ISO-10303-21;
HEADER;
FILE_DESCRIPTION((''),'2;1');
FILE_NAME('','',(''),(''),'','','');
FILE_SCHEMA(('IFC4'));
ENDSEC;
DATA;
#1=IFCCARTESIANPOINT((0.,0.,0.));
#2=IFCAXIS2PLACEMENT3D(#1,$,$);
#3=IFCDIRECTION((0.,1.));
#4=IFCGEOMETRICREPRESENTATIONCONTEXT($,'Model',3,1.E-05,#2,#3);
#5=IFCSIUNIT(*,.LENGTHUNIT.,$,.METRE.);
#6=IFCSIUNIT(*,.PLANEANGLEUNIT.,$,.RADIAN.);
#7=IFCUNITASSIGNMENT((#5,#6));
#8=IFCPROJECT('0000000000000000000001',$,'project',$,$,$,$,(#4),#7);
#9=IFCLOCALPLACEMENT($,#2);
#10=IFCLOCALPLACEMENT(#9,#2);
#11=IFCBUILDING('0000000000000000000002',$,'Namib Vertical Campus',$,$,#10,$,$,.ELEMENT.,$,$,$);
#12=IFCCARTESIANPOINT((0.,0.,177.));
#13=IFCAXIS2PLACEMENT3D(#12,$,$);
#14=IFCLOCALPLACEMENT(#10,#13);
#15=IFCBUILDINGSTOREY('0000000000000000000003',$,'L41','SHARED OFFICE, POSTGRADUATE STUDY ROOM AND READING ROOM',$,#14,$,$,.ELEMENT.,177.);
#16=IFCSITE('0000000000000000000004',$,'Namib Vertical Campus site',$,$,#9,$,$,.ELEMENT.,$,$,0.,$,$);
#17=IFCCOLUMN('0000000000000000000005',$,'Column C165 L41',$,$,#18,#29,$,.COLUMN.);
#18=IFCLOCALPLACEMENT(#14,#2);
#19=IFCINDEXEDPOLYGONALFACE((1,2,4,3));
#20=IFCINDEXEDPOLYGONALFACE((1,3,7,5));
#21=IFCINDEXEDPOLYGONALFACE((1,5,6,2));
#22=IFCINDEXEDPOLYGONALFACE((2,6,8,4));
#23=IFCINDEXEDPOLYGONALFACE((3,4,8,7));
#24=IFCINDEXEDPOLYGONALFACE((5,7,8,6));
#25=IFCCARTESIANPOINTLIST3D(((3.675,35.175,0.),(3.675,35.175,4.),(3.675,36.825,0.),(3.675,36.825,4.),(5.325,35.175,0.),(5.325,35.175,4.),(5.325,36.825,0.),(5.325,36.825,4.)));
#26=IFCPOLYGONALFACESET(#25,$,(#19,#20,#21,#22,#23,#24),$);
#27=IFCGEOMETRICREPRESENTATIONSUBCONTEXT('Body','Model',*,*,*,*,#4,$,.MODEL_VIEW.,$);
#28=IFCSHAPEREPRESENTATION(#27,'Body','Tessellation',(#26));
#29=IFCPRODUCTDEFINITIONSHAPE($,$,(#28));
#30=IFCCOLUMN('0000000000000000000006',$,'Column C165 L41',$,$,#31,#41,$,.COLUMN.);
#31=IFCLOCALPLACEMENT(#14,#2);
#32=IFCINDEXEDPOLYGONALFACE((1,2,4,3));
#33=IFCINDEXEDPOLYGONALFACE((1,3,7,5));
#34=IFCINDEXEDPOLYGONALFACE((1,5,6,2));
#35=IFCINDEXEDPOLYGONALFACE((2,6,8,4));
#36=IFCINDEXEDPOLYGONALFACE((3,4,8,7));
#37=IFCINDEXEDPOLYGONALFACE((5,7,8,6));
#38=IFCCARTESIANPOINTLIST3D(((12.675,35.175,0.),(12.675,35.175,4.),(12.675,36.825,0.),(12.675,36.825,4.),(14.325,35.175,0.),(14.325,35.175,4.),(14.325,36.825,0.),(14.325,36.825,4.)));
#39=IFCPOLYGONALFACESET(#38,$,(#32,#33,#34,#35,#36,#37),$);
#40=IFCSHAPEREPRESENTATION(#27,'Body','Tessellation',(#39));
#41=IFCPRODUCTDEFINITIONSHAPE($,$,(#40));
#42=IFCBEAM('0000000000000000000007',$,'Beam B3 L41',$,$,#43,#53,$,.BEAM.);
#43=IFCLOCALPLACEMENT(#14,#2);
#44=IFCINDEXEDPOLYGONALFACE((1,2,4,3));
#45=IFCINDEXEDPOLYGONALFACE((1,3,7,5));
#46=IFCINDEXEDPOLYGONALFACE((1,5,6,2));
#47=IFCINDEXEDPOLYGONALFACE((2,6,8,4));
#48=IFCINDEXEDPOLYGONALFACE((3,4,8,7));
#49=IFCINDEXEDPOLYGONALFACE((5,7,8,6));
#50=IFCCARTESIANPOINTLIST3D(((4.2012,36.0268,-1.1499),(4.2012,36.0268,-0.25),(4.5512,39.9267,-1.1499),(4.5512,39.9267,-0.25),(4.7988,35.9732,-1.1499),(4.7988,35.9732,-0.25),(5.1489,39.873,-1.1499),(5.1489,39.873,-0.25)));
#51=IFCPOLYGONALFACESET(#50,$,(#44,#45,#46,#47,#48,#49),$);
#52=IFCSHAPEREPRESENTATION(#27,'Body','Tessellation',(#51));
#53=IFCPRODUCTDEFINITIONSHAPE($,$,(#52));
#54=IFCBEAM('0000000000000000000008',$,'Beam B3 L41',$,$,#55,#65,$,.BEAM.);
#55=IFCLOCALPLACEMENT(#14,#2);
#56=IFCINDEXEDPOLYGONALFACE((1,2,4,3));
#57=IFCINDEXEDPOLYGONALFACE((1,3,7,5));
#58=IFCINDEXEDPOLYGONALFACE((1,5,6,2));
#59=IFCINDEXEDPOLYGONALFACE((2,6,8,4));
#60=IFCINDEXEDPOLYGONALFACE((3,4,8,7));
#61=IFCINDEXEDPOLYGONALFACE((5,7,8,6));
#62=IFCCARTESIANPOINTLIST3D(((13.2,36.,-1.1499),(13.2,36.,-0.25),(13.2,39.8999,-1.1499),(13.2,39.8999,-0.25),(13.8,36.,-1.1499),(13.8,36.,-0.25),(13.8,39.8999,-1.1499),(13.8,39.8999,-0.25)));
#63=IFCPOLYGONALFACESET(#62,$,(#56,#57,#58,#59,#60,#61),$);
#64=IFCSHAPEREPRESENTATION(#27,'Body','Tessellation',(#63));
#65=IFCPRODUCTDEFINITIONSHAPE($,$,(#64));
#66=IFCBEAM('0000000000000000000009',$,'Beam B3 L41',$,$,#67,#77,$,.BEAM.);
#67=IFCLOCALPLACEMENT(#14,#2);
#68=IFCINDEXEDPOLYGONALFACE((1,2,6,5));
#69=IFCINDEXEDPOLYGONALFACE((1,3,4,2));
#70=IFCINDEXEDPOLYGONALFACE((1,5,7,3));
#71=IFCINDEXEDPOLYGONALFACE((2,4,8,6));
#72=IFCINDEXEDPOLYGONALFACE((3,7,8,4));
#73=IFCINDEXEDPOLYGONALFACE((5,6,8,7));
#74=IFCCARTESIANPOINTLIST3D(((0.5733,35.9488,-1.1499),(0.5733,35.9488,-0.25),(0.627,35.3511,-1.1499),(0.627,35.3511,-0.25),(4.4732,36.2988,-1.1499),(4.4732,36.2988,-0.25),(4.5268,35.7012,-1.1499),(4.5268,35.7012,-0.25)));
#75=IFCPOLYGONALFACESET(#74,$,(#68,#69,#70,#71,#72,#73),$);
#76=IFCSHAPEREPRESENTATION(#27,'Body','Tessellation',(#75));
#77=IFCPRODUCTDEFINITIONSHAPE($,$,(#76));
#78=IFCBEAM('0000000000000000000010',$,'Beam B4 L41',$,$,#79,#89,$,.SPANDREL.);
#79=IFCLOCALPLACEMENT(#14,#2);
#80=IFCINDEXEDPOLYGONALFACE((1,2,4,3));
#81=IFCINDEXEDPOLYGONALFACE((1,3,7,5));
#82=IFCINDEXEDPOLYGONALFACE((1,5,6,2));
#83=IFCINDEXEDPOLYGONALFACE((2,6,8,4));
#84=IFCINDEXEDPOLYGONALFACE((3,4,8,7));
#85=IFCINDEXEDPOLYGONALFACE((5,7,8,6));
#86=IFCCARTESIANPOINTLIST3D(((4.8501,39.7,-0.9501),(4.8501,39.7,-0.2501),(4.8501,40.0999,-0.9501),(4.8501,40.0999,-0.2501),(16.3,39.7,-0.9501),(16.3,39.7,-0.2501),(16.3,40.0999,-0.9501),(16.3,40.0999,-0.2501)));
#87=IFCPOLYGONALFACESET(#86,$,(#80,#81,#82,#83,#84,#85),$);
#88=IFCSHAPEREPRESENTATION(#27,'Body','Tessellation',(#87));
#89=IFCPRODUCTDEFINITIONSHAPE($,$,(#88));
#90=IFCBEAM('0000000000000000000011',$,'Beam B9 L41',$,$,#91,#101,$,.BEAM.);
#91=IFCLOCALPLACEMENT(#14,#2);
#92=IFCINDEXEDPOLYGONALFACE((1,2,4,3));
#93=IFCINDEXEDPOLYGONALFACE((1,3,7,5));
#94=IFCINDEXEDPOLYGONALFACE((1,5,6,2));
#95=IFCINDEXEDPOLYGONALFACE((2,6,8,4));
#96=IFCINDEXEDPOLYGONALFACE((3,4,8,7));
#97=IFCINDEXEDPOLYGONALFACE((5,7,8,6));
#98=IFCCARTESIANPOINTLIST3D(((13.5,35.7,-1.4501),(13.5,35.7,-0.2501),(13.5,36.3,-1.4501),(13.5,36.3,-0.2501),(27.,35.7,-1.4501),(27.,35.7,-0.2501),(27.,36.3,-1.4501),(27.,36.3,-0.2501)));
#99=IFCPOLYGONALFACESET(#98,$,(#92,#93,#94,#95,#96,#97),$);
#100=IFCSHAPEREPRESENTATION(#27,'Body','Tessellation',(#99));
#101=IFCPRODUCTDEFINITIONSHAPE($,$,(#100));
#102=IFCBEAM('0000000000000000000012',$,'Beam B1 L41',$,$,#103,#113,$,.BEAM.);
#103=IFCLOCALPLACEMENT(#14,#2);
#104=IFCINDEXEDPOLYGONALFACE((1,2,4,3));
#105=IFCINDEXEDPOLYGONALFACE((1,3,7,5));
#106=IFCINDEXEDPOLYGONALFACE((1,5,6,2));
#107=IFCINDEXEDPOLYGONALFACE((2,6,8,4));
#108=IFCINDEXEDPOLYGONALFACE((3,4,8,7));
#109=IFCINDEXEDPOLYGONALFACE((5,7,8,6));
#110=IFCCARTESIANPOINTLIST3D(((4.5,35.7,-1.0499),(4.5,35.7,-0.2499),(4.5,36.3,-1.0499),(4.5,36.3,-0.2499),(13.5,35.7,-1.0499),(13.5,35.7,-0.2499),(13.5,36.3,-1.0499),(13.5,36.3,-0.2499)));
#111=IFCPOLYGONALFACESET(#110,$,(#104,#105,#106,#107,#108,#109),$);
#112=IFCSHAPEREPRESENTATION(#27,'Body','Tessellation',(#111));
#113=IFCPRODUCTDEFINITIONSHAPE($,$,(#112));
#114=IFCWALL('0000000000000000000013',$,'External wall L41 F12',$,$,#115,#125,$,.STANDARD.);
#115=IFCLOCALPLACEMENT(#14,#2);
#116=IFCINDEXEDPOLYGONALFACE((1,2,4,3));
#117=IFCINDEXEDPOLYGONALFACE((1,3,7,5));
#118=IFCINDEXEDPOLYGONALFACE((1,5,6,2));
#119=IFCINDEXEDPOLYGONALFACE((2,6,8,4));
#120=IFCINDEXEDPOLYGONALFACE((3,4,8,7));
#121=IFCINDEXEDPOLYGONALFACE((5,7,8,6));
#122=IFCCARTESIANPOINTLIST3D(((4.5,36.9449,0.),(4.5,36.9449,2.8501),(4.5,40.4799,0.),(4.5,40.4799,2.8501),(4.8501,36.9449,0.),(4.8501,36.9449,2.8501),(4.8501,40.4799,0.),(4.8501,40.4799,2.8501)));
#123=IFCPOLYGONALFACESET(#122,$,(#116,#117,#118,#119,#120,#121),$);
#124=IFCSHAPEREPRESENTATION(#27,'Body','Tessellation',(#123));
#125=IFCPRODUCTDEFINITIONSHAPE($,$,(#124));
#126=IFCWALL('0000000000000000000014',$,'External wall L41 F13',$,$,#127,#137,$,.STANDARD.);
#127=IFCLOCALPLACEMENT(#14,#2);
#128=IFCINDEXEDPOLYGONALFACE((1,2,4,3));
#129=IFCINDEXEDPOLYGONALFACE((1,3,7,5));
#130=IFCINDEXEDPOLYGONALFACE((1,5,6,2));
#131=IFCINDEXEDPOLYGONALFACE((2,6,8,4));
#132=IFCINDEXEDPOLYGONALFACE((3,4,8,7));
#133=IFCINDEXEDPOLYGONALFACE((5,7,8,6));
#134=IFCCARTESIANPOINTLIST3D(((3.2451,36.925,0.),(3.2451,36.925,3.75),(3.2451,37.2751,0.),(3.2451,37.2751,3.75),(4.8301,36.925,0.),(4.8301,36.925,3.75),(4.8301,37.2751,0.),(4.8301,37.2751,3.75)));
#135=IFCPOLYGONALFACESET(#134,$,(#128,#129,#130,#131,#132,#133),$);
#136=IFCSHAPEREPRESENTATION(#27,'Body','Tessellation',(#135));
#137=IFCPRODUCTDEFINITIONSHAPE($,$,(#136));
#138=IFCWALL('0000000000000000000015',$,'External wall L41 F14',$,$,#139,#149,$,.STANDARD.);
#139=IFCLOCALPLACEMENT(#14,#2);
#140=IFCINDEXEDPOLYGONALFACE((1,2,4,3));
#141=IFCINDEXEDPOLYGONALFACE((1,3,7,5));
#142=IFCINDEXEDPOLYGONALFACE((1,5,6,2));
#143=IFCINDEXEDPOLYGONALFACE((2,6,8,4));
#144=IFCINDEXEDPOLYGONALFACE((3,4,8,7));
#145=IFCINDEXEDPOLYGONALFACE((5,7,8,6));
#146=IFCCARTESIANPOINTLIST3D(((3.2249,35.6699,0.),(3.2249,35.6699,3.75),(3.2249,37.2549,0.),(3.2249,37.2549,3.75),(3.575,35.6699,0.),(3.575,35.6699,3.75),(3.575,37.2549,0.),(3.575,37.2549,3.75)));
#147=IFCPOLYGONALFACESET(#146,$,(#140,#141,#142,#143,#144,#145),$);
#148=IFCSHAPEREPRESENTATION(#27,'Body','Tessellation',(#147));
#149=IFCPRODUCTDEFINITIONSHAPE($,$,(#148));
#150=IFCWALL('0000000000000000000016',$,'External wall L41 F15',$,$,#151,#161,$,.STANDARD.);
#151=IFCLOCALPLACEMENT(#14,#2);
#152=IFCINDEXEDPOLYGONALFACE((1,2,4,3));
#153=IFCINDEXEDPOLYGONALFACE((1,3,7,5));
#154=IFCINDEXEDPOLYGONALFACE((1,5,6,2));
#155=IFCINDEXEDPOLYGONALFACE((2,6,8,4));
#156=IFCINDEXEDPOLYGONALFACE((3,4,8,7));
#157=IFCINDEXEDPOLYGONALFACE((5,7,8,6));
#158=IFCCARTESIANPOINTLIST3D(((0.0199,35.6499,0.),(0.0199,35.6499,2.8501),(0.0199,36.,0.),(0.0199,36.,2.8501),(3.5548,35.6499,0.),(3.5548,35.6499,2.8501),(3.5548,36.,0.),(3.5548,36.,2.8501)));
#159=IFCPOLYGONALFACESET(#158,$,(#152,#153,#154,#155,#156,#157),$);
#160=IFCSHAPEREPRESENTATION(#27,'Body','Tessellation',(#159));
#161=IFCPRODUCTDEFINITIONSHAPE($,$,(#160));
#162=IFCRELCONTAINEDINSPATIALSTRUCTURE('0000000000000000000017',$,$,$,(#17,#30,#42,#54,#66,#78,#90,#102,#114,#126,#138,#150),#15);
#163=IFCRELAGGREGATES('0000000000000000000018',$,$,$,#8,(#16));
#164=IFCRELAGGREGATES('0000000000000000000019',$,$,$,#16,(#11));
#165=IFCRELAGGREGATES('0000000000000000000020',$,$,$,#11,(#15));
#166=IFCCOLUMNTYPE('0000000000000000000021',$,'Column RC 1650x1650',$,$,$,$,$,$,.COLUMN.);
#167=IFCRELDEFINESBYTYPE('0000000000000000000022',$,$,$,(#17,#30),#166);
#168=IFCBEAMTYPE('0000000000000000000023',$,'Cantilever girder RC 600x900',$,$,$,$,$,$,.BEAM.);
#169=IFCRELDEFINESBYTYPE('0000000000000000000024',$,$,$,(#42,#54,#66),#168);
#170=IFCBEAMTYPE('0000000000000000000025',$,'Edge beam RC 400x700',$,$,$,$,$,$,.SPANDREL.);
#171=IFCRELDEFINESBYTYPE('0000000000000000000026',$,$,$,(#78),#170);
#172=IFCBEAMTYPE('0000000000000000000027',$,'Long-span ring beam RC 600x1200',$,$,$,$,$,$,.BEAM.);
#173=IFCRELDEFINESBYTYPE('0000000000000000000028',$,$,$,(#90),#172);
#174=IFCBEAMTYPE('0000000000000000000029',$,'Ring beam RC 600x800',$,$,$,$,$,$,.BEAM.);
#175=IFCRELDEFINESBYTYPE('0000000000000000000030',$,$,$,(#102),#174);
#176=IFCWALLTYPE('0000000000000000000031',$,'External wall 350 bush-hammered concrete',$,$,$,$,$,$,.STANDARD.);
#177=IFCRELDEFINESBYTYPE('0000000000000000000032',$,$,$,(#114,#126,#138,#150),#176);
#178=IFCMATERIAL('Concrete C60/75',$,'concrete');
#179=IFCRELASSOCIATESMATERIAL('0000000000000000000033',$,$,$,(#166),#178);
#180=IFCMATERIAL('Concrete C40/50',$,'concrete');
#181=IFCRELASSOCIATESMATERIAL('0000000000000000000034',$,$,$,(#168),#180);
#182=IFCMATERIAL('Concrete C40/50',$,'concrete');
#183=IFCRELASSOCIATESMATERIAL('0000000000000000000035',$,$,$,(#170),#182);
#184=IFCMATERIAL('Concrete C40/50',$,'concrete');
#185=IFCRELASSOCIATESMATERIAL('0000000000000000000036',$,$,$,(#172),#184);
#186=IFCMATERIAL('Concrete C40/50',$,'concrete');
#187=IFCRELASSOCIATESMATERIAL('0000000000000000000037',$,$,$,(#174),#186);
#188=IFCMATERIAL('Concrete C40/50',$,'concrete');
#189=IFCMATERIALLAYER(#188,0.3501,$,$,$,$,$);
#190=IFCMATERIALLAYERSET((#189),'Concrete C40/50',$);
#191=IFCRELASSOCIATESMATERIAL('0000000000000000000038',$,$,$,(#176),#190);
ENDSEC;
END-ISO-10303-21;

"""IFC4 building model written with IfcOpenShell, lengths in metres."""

from ifc_helpers import new_model, si_unit, direction, frame, frame_2d, origin, origin_2d, place, context, subcontext, project, spatial, rectangle, extrude, material, layer, layer_set, material_profile, profile_set, type_object, element, save


model = new_model("IFC4")

# Units and contexts
model_context = context("Model", 3, precision=1e-05, world=origin(), true_north=direction((0.0, 1.0)))
body_context = subcontext(model_context, "Body", "Model", "MODEL_VIEW")
ifc_project = project(units=[si_unit("LENGTHUNIT", "METRE"), si_unit("PLANEANGLEUNIT", "RADIAN")], contexts=[model_context])

# Site, building, storey
site_placement = place(None, origin())
site = spatial("IfcSite", under=ifc_project, at=site_placement, Name="Namib Vertical Campus site", CompositionType="ELEMENT", RefElevation=0.0)
building_placement = place(site_placement, origin())
building = spatial("IfcBuilding", under=site, at=building_placement, Name="Namib Vertical Campus", CompositionType="ELEMENT")
storey_placement = place(building_placement, frame((0.0, 0.0, 177.0)))
storey = spatial("IfcBuildingStorey", under=building, at=storey_placement, Name="L41", Description="SHARED OFFICE, POSTGRADUATE STUDY ROOM AND READING ROOM", CompositionType="ELEMENT", Elevation=177.0)

# Columns
ifc_material_1 = material(Name="Concrete C60/75", Category="concrete")
ifc_material_profile_1 = material_profile(ifc_material_1, rectangle(XDim=1.6499, YDim=1.6499, at=origin_2d()))
ifc_profile_set_1 = profile_set([ifc_material_profile_1], Name="Concrete C60/75")
column_type = type_object("IfcColumnType", Name="Column RC 1650x1650", PredefinedType="COLUMN", material=ifc_profile_set_1)
for number, where, z_axis, x_axis, name in (
    (1, (4.5, 36.0, 0.0), (0.0, 0.0, 1.0), (1.0, 0.0, 0.0), "Column C165 L41"),
    (2, (13.5, 36.0, 0.0), (0.0, 0.0, 1.0), (1.0, 0.0, 0.0), "Column C165 L41"),
):
    element("IfcColumn", number, at=place(storey_placement, frame(where, z_axis=z_axis, x_axis=x_axis)), inside=storey, type_object=column_type, Name=name, PredefinedType="COLUMN", context=body_context, shape_type="SweptSolid", body=[
        extrude(rectangle(XDim=1.6499, YDim=1.6499, at=origin_2d()), origin(), (0.0, 0.0, 1.0), 4.0),
    ])

# Beams
ifc_material_2 = material(Name="Concrete C40/50", Category="concrete")
ifc_material_profile_2 = material_profile(ifc_material_2, rectangle(XDim=0.6001, YDim=0.8999, at=origin_2d()))
ifc_profile_set_2 = profile_set([ifc_material_profile_2], Name="Concrete C40/50")
beam_type_1 = type_object("IfcBeamType", Name="Cantilever girder RC 600x900", PredefinedType="BEAM", material=ifc_profile_set_2)
beam_1_placement = place(storey_placement, frame((4.5, 36.0, -0.7), z_axis=(0.089411, 0.995995, 0.0), x_axis=(-0.995995, 0.089411, 0.0)))
element("IfcBeam", 3, at=beam_1_placement, inside=storey, type_object=beam_type_1, Name="Beam B3 L41", PredefinedType="BEAM", context=body_context, shape_type="SweptSolid", body=[
    extrude(rectangle(XDim=0.6001, YDim=0.8999, at=origin_2d()), origin(), (0.0, 0.0, 1.0), 3.9155),
])
beam_2_placement = place(storey_placement, frame((13.5, 36.0, -0.7), z_axis=(0.0, 1.0, 0.0), x_axis=(-1.0, 0.0, 0.0)))
element("IfcBeam", 4, at=beam_2_placement, inside=storey, type_object=beam_type_1, Name="Beam B3 L41", PredefinedType="BEAM", context=body_context, shape_type="SweptSolid", body=[
    extrude(rectangle(XDim=0.6001, YDim=0.8999, at=origin_2d()), origin(), (0.0, 0.0, 1.0), 3.8999),
])
beam_3_placement = place(storey_placement, frame((4.5, 36.0, -0.7), z_axis=(-0.995995, -0.089411, 0.0), x_axis=(0.089411, -0.995995, 0.0)))
element("IfcBeam", 5, at=beam_3_placement, inside=storey, type_object=beam_type_1, Name="Beam B3 L41", PredefinedType="BEAM", context=body_context, shape_type="SweptSolid", body=[
    extrude(rectangle(XDim=0.6001, YDim=0.8999, at=origin_2d()), origin(), (0.0, 0.0, 1.0), 3.9155),
])
ifc_material_3 = material(Name="Concrete C40/50", Category="concrete")
ifc_material_profile_3 = material_profile(ifc_material_3, rectangle(XDim=0.3999, YDim=0.7, at=origin_2d()))
ifc_profile_set_3 = profile_set([ifc_material_profile_3], Name="Concrete C40/50")
beam_type_2 = type_object("IfcBeamType", Name="Edge beam RC 400x700", PredefinedType="SPANDREL", material=ifc_profile_set_3)
beam_4_placement = place(storey_placement, frame((4.8501, 39.8999, -0.6001), z_axis=(1.0, 0.0, 0.0), x_axis=(0.0, 1.0, 0.0)))
element("IfcBeam", 6, at=beam_4_placement, inside=storey, type_object=beam_type_2, Name="Beam B4 L41", PredefinedType="SPANDREL", context=body_context, shape_type="SweptSolid", body=[
    extrude(rectangle(XDim=0.3999, YDim=0.7, at=origin_2d()), origin(), (0.0, 0.0, 1.0), 11.45),
])
ifc_material_4 = material(Name="Concrete C40/50", Category="concrete")
ifc_material_profile_4 = material_profile(ifc_material_4, rectangle(XDim=0.6001, YDim=1.2, at=origin_2d()))
ifc_profile_set_4 = profile_set([ifc_material_profile_4], Name="Concrete C40/50")
beam_type_3 = type_object("IfcBeamType", Name="Long-span ring beam RC 600x1200", PredefinedType="BEAM", material=ifc_profile_set_4)
beam_5_placement = place(storey_placement, frame((13.5, 36.0, -0.8501), z_axis=(1.0, 0.0, 0.0), x_axis=(0.0, 1.0, 0.0)))
element("IfcBeam", 7, at=beam_5_placement, inside=storey, type_object=beam_type_3, Name="Beam B9 L41", PredefinedType="BEAM", context=body_context, shape_type="SweptSolid", body=[
    extrude(rectangle(XDim=0.6001, YDim=1.2, at=origin_2d()), origin(), (0.0, 0.0, 1.0), 13.5),
])
ifc_material_5 = material(Name="Concrete C40/50", Category="concrete")
ifc_material_profile_5 = material_profile(ifc_material_5, rectangle(XDim=0.6001, YDim=0.8, at=origin_2d()))
ifc_profile_set_5 = profile_set([ifc_material_profile_5], Name="Concrete C40/50")
beam_type_4 = type_object("IfcBeamType", Name="Ring beam RC 600x800", PredefinedType="BEAM", material=ifc_profile_set_5)
beam_6_placement = place(storey_placement, frame((4.5, 36.0, -0.6499), z_axis=(1.0, 0.0, 0.0), x_axis=(0.0, 1.0, 0.0)))
element("IfcBeam", 8, at=beam_6_placement, inside=storey, type_object=beam_type_4, Name="Beam B1 L41", PredefinedType="BEAM", context=body_context, shape_type="SweptSolid", body=[
    extrude(rectangle(XDim=0.6001, YDim=0.8, at=origin_2d()), origin(), (0.0, 0.0, 1.0), 9.0),
])

# Walls
ifc_material_6 = material(Name="Concrete C40/50", Category="concrete")
ifc_layer_1 = layer(ifc_material_6, 0.3501)
ifc_layer_set_1 = layer_set([ifc_layer_1], Name="Concrete C40/50")
wall_type_1 = type_object("IfcWallType", Name="External wall 350 bush-hammered concrete", PredefinedType="STANDARD", material=ifc_layer_set_1)
wall_1_placement = place(storey_placement, frame((4.675, 40.48, 0.0), z_axis=(0.0, 0.0, 1.0), x_axis=(0.0, -1.0, 0.0)))
element("IfcWall", 9, at=wall_1_placement, inside=storey, type_object=wall_type_1, Name="External wall L41 F12", PredefinedType="STANDARD", context=body_context, shape_type="SweptSolid", body=[
    extrude(rectangle(XDim=3.5349, YDim=0.3501, at=frame_2d((1.7676, 0.0))), origin(), (0.0, 0.0, 1.0), 2.8501),
])
for number, where, z_axis, x_axis, name in (
    (10, (4.8301, 37.1001, 0.0), (0.0, 0.0, 1.0), (-1.0, 0.0, 0.0), "External wall L41 F13"),
    (11, (3.3999, 37.2549, 0.0), (0.0, 0.0, 1.0), (0.0, -1.0, 0.0), "External wall L41 F14"),
):
    element("IfcWall", number, at=place(storey_placement, frame(where, z_axis=z_axis, x_axis=x_axis)), inside=storey, type_object=wall_type_1, Name=name, PredefinedType="STANDARD", context=body_context, shape_type="SweptSolid", body=[
        extrude(rectangle(XDim=1.585, YDim=0.3501, at=frame_2d((0.7925, 0.0))), origin(), (0.0, 0.0, 1.0), 3.75),
    ])
wall_2_placement = place(storey_placement, frame((3.5549, 35.825, 0.0), z_axis=(0.0, 0.0, 1.0), x_axis=(-1.0, 0.0, 0.0)))
element("IfcWall", 12, at=wall_2_placement, inside=storey, type_object=wall_type_1, Name="External wall L41 F15", PredefinedType="STANDARD", context=body_context, shape_type="SweptSolid", body=[
    extrude(rectangle(XDim=3.5349, YDim=0.3501, at=frame_2d((1.7676, 0.0))), origin(), (0.0, 0.0, 1.0), 2.8501),
])

save(model, "model.ifc")
